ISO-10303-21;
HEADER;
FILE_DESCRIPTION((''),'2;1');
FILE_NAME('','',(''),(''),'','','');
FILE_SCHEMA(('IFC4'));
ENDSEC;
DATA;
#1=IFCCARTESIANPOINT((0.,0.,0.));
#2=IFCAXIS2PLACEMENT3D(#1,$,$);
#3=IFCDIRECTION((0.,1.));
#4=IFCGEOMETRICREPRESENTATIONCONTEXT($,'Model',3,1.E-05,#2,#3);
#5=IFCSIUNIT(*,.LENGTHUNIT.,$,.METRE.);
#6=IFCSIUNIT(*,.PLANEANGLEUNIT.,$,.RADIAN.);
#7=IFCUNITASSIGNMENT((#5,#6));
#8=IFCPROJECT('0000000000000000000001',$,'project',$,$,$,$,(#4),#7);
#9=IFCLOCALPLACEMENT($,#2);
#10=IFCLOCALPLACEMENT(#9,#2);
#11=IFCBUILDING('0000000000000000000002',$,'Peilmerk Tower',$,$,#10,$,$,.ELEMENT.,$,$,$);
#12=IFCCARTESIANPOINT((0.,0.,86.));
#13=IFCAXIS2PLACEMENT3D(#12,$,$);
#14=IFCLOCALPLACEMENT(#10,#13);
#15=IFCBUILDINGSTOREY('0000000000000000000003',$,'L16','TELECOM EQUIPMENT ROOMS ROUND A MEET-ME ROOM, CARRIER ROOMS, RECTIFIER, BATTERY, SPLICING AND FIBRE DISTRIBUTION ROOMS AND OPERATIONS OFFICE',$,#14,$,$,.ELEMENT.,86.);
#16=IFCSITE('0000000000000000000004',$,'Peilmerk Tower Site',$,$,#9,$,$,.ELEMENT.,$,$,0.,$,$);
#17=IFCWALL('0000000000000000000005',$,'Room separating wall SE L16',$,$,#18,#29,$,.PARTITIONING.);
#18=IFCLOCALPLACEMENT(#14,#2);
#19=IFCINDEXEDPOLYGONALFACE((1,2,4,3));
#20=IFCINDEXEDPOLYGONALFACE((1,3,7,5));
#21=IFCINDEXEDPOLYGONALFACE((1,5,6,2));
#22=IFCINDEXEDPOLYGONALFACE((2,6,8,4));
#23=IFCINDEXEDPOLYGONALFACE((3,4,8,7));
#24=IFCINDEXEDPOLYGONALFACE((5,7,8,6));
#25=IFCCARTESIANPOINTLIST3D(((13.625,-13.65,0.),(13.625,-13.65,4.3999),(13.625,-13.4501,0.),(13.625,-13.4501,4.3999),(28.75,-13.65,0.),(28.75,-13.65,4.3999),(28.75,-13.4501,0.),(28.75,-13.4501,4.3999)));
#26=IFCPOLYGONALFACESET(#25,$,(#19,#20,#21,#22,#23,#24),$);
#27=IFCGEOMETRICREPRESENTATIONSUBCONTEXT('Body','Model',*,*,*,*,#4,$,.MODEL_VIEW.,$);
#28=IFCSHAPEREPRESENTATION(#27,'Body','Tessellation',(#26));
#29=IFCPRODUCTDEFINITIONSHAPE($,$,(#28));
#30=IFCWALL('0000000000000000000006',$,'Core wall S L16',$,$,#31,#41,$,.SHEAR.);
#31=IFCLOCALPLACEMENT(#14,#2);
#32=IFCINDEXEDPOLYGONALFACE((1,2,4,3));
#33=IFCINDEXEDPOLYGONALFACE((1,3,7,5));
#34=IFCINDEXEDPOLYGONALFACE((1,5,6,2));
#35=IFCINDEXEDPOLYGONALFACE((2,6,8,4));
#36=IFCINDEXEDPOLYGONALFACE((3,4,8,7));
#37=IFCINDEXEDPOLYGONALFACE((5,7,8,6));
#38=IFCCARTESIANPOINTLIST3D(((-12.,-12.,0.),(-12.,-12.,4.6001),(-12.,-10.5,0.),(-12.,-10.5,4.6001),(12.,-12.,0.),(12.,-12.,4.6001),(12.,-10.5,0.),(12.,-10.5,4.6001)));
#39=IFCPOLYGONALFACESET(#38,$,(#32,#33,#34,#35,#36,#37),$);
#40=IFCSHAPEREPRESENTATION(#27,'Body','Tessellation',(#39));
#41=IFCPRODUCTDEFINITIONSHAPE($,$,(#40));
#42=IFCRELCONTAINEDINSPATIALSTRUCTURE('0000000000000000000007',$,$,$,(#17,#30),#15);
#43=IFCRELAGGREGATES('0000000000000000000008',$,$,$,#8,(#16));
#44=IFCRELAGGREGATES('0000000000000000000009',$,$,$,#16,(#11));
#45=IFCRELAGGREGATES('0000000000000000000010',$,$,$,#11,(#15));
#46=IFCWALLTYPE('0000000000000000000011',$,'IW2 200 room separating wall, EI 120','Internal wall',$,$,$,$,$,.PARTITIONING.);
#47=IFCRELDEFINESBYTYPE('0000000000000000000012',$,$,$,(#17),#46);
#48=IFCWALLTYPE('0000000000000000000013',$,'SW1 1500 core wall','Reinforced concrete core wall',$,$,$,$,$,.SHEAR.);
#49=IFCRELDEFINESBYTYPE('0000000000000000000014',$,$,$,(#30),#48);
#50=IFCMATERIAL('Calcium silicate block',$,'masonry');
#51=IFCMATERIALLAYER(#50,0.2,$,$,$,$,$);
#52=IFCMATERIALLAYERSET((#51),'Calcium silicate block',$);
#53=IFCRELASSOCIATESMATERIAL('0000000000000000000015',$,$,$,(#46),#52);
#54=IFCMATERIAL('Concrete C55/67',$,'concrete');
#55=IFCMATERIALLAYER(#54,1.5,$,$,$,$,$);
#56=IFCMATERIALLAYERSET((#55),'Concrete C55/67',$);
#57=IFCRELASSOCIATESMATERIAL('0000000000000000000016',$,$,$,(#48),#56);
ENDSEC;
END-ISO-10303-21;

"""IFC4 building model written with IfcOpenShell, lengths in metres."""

from ifc_helpers import new_model, si_unit, direction, frame, frame_2d, origin, place, context, subcontext, project, spatial, rectangle, extrude, material, layer, layer_set, type_object, element, save


model = new_model("IFC4")

# Units and contexts
model_context = context("Model", 3, precision=1e-05, world=origin(), true_north=direction((0.0, 1.0)))
body_context = subcontext(model_context, "Body", "Model", "MODEL_VIEW")
ifc_project = project(units=[si_unit("LENGTHUNIT", "METRE"), si_unit("PLANEANGLEUNIT", "RADIAN")], contexts=[model_context])

# Site, building, storey
site_placement = place(None, origin())
site = spatial("IfcSite", under=ifc_project, at=site_placement, Name="Peilmerk Tower Site", CompositionType="ELEMENT", RefElevation=0.0)
building_placement = place(site_placement, origin())
building = spatial("IfcBuilding", under=site, at=building_placement, Name="Peilmerk Tower", CompositionType="ELEMENT")
storey_placement = place(building_placement, frame((0.0, 0.0, 86.0)))
storey = spatial("IfcBuildingStorey", under=building, at=storey_placement, Name="L16", Description="TELECOM EQUIPMENT ROOMS ROUND A MEET-ME ROOM, CARRIER ROOMS, RECTIFIER, BATTERY, SPLICING AND FIBRE DISTRIBUTION ROOMS AND OPERATIONS OFFICE", CompositionType="ELEMENT", Elevation=86.0)

# Shared definitions
ifc_material_1 = material(Name="Calcium silicate block", Category="masonry")

# Walls
ifc_layer_1 = layer(ifc_material_1, 0.2)
ifc_layer_set_1 = layer_set([ifc_layer_1], Name="Calcium silicate block")
wall_type_1 = type_object("IfcWallType", Name="IW2 200 room separating wall, EI 120", Description="Internal wall", PredefinedType="PARTITIONING", material=ifc_layer_set_1)
wall_1_placement = place(storey_placement, frame((28.75, -13.55, 0.0), z_axis=(0.0, 0.0, 1.0), x_axis=(-1.0, 0.0, 0.0)))
element("IfcWall", 1, at=wall_1_placement, inside=storey, type_object=wall_type_1, Name="Room separating wall SE L16", PredefinedType="PARTITIONING", context=body_context, shape_type="SweptSolid", body=[
    extrude(rectangle(XDim=15.125, YDim=0.2, at=frame_2d((7.5625, 0.0))), origin(), (0.0, 0.0, 1.0), 4.3999),
])
ifc_material_2 = material(Name="Concrete C55/67", Category="concrete")
ifc_layer_2 = layer(ifc_material_2, 1.5)
ifc_layer_set_2 = layer_set([ifc_layer_2], Name="Concrete C55/67")
wall_type_2 = type_object("IfcWallType", Name="SW1 1500 core wall", Description="Reinforced concrete core wall", PredefinedType="SHEAR", material=ifc_layer_set_2)
wall_2_placement = place(storey_placement, frame((12.0, -11.25, 0.0), z_axis=(0.0, 0.0, 1.0), x_axis=(-1.0, 0.0, 0.0)))
element("IfcWall", 2, at=wall_2_placement, inside=storey, type_object=wall_type_2, Name="Core wall S L16", PredefinedType="SHEAR", context=body_context, shape_type="SweptSolid", body=[
    extrude(rectangle(XDim=24.0, YDim=1.5, at=frame_2d((12.0, 0.0))), origin(), (0.0, 0.0, 1.0), 4.6001),
])

save(model, "model.ifc")
